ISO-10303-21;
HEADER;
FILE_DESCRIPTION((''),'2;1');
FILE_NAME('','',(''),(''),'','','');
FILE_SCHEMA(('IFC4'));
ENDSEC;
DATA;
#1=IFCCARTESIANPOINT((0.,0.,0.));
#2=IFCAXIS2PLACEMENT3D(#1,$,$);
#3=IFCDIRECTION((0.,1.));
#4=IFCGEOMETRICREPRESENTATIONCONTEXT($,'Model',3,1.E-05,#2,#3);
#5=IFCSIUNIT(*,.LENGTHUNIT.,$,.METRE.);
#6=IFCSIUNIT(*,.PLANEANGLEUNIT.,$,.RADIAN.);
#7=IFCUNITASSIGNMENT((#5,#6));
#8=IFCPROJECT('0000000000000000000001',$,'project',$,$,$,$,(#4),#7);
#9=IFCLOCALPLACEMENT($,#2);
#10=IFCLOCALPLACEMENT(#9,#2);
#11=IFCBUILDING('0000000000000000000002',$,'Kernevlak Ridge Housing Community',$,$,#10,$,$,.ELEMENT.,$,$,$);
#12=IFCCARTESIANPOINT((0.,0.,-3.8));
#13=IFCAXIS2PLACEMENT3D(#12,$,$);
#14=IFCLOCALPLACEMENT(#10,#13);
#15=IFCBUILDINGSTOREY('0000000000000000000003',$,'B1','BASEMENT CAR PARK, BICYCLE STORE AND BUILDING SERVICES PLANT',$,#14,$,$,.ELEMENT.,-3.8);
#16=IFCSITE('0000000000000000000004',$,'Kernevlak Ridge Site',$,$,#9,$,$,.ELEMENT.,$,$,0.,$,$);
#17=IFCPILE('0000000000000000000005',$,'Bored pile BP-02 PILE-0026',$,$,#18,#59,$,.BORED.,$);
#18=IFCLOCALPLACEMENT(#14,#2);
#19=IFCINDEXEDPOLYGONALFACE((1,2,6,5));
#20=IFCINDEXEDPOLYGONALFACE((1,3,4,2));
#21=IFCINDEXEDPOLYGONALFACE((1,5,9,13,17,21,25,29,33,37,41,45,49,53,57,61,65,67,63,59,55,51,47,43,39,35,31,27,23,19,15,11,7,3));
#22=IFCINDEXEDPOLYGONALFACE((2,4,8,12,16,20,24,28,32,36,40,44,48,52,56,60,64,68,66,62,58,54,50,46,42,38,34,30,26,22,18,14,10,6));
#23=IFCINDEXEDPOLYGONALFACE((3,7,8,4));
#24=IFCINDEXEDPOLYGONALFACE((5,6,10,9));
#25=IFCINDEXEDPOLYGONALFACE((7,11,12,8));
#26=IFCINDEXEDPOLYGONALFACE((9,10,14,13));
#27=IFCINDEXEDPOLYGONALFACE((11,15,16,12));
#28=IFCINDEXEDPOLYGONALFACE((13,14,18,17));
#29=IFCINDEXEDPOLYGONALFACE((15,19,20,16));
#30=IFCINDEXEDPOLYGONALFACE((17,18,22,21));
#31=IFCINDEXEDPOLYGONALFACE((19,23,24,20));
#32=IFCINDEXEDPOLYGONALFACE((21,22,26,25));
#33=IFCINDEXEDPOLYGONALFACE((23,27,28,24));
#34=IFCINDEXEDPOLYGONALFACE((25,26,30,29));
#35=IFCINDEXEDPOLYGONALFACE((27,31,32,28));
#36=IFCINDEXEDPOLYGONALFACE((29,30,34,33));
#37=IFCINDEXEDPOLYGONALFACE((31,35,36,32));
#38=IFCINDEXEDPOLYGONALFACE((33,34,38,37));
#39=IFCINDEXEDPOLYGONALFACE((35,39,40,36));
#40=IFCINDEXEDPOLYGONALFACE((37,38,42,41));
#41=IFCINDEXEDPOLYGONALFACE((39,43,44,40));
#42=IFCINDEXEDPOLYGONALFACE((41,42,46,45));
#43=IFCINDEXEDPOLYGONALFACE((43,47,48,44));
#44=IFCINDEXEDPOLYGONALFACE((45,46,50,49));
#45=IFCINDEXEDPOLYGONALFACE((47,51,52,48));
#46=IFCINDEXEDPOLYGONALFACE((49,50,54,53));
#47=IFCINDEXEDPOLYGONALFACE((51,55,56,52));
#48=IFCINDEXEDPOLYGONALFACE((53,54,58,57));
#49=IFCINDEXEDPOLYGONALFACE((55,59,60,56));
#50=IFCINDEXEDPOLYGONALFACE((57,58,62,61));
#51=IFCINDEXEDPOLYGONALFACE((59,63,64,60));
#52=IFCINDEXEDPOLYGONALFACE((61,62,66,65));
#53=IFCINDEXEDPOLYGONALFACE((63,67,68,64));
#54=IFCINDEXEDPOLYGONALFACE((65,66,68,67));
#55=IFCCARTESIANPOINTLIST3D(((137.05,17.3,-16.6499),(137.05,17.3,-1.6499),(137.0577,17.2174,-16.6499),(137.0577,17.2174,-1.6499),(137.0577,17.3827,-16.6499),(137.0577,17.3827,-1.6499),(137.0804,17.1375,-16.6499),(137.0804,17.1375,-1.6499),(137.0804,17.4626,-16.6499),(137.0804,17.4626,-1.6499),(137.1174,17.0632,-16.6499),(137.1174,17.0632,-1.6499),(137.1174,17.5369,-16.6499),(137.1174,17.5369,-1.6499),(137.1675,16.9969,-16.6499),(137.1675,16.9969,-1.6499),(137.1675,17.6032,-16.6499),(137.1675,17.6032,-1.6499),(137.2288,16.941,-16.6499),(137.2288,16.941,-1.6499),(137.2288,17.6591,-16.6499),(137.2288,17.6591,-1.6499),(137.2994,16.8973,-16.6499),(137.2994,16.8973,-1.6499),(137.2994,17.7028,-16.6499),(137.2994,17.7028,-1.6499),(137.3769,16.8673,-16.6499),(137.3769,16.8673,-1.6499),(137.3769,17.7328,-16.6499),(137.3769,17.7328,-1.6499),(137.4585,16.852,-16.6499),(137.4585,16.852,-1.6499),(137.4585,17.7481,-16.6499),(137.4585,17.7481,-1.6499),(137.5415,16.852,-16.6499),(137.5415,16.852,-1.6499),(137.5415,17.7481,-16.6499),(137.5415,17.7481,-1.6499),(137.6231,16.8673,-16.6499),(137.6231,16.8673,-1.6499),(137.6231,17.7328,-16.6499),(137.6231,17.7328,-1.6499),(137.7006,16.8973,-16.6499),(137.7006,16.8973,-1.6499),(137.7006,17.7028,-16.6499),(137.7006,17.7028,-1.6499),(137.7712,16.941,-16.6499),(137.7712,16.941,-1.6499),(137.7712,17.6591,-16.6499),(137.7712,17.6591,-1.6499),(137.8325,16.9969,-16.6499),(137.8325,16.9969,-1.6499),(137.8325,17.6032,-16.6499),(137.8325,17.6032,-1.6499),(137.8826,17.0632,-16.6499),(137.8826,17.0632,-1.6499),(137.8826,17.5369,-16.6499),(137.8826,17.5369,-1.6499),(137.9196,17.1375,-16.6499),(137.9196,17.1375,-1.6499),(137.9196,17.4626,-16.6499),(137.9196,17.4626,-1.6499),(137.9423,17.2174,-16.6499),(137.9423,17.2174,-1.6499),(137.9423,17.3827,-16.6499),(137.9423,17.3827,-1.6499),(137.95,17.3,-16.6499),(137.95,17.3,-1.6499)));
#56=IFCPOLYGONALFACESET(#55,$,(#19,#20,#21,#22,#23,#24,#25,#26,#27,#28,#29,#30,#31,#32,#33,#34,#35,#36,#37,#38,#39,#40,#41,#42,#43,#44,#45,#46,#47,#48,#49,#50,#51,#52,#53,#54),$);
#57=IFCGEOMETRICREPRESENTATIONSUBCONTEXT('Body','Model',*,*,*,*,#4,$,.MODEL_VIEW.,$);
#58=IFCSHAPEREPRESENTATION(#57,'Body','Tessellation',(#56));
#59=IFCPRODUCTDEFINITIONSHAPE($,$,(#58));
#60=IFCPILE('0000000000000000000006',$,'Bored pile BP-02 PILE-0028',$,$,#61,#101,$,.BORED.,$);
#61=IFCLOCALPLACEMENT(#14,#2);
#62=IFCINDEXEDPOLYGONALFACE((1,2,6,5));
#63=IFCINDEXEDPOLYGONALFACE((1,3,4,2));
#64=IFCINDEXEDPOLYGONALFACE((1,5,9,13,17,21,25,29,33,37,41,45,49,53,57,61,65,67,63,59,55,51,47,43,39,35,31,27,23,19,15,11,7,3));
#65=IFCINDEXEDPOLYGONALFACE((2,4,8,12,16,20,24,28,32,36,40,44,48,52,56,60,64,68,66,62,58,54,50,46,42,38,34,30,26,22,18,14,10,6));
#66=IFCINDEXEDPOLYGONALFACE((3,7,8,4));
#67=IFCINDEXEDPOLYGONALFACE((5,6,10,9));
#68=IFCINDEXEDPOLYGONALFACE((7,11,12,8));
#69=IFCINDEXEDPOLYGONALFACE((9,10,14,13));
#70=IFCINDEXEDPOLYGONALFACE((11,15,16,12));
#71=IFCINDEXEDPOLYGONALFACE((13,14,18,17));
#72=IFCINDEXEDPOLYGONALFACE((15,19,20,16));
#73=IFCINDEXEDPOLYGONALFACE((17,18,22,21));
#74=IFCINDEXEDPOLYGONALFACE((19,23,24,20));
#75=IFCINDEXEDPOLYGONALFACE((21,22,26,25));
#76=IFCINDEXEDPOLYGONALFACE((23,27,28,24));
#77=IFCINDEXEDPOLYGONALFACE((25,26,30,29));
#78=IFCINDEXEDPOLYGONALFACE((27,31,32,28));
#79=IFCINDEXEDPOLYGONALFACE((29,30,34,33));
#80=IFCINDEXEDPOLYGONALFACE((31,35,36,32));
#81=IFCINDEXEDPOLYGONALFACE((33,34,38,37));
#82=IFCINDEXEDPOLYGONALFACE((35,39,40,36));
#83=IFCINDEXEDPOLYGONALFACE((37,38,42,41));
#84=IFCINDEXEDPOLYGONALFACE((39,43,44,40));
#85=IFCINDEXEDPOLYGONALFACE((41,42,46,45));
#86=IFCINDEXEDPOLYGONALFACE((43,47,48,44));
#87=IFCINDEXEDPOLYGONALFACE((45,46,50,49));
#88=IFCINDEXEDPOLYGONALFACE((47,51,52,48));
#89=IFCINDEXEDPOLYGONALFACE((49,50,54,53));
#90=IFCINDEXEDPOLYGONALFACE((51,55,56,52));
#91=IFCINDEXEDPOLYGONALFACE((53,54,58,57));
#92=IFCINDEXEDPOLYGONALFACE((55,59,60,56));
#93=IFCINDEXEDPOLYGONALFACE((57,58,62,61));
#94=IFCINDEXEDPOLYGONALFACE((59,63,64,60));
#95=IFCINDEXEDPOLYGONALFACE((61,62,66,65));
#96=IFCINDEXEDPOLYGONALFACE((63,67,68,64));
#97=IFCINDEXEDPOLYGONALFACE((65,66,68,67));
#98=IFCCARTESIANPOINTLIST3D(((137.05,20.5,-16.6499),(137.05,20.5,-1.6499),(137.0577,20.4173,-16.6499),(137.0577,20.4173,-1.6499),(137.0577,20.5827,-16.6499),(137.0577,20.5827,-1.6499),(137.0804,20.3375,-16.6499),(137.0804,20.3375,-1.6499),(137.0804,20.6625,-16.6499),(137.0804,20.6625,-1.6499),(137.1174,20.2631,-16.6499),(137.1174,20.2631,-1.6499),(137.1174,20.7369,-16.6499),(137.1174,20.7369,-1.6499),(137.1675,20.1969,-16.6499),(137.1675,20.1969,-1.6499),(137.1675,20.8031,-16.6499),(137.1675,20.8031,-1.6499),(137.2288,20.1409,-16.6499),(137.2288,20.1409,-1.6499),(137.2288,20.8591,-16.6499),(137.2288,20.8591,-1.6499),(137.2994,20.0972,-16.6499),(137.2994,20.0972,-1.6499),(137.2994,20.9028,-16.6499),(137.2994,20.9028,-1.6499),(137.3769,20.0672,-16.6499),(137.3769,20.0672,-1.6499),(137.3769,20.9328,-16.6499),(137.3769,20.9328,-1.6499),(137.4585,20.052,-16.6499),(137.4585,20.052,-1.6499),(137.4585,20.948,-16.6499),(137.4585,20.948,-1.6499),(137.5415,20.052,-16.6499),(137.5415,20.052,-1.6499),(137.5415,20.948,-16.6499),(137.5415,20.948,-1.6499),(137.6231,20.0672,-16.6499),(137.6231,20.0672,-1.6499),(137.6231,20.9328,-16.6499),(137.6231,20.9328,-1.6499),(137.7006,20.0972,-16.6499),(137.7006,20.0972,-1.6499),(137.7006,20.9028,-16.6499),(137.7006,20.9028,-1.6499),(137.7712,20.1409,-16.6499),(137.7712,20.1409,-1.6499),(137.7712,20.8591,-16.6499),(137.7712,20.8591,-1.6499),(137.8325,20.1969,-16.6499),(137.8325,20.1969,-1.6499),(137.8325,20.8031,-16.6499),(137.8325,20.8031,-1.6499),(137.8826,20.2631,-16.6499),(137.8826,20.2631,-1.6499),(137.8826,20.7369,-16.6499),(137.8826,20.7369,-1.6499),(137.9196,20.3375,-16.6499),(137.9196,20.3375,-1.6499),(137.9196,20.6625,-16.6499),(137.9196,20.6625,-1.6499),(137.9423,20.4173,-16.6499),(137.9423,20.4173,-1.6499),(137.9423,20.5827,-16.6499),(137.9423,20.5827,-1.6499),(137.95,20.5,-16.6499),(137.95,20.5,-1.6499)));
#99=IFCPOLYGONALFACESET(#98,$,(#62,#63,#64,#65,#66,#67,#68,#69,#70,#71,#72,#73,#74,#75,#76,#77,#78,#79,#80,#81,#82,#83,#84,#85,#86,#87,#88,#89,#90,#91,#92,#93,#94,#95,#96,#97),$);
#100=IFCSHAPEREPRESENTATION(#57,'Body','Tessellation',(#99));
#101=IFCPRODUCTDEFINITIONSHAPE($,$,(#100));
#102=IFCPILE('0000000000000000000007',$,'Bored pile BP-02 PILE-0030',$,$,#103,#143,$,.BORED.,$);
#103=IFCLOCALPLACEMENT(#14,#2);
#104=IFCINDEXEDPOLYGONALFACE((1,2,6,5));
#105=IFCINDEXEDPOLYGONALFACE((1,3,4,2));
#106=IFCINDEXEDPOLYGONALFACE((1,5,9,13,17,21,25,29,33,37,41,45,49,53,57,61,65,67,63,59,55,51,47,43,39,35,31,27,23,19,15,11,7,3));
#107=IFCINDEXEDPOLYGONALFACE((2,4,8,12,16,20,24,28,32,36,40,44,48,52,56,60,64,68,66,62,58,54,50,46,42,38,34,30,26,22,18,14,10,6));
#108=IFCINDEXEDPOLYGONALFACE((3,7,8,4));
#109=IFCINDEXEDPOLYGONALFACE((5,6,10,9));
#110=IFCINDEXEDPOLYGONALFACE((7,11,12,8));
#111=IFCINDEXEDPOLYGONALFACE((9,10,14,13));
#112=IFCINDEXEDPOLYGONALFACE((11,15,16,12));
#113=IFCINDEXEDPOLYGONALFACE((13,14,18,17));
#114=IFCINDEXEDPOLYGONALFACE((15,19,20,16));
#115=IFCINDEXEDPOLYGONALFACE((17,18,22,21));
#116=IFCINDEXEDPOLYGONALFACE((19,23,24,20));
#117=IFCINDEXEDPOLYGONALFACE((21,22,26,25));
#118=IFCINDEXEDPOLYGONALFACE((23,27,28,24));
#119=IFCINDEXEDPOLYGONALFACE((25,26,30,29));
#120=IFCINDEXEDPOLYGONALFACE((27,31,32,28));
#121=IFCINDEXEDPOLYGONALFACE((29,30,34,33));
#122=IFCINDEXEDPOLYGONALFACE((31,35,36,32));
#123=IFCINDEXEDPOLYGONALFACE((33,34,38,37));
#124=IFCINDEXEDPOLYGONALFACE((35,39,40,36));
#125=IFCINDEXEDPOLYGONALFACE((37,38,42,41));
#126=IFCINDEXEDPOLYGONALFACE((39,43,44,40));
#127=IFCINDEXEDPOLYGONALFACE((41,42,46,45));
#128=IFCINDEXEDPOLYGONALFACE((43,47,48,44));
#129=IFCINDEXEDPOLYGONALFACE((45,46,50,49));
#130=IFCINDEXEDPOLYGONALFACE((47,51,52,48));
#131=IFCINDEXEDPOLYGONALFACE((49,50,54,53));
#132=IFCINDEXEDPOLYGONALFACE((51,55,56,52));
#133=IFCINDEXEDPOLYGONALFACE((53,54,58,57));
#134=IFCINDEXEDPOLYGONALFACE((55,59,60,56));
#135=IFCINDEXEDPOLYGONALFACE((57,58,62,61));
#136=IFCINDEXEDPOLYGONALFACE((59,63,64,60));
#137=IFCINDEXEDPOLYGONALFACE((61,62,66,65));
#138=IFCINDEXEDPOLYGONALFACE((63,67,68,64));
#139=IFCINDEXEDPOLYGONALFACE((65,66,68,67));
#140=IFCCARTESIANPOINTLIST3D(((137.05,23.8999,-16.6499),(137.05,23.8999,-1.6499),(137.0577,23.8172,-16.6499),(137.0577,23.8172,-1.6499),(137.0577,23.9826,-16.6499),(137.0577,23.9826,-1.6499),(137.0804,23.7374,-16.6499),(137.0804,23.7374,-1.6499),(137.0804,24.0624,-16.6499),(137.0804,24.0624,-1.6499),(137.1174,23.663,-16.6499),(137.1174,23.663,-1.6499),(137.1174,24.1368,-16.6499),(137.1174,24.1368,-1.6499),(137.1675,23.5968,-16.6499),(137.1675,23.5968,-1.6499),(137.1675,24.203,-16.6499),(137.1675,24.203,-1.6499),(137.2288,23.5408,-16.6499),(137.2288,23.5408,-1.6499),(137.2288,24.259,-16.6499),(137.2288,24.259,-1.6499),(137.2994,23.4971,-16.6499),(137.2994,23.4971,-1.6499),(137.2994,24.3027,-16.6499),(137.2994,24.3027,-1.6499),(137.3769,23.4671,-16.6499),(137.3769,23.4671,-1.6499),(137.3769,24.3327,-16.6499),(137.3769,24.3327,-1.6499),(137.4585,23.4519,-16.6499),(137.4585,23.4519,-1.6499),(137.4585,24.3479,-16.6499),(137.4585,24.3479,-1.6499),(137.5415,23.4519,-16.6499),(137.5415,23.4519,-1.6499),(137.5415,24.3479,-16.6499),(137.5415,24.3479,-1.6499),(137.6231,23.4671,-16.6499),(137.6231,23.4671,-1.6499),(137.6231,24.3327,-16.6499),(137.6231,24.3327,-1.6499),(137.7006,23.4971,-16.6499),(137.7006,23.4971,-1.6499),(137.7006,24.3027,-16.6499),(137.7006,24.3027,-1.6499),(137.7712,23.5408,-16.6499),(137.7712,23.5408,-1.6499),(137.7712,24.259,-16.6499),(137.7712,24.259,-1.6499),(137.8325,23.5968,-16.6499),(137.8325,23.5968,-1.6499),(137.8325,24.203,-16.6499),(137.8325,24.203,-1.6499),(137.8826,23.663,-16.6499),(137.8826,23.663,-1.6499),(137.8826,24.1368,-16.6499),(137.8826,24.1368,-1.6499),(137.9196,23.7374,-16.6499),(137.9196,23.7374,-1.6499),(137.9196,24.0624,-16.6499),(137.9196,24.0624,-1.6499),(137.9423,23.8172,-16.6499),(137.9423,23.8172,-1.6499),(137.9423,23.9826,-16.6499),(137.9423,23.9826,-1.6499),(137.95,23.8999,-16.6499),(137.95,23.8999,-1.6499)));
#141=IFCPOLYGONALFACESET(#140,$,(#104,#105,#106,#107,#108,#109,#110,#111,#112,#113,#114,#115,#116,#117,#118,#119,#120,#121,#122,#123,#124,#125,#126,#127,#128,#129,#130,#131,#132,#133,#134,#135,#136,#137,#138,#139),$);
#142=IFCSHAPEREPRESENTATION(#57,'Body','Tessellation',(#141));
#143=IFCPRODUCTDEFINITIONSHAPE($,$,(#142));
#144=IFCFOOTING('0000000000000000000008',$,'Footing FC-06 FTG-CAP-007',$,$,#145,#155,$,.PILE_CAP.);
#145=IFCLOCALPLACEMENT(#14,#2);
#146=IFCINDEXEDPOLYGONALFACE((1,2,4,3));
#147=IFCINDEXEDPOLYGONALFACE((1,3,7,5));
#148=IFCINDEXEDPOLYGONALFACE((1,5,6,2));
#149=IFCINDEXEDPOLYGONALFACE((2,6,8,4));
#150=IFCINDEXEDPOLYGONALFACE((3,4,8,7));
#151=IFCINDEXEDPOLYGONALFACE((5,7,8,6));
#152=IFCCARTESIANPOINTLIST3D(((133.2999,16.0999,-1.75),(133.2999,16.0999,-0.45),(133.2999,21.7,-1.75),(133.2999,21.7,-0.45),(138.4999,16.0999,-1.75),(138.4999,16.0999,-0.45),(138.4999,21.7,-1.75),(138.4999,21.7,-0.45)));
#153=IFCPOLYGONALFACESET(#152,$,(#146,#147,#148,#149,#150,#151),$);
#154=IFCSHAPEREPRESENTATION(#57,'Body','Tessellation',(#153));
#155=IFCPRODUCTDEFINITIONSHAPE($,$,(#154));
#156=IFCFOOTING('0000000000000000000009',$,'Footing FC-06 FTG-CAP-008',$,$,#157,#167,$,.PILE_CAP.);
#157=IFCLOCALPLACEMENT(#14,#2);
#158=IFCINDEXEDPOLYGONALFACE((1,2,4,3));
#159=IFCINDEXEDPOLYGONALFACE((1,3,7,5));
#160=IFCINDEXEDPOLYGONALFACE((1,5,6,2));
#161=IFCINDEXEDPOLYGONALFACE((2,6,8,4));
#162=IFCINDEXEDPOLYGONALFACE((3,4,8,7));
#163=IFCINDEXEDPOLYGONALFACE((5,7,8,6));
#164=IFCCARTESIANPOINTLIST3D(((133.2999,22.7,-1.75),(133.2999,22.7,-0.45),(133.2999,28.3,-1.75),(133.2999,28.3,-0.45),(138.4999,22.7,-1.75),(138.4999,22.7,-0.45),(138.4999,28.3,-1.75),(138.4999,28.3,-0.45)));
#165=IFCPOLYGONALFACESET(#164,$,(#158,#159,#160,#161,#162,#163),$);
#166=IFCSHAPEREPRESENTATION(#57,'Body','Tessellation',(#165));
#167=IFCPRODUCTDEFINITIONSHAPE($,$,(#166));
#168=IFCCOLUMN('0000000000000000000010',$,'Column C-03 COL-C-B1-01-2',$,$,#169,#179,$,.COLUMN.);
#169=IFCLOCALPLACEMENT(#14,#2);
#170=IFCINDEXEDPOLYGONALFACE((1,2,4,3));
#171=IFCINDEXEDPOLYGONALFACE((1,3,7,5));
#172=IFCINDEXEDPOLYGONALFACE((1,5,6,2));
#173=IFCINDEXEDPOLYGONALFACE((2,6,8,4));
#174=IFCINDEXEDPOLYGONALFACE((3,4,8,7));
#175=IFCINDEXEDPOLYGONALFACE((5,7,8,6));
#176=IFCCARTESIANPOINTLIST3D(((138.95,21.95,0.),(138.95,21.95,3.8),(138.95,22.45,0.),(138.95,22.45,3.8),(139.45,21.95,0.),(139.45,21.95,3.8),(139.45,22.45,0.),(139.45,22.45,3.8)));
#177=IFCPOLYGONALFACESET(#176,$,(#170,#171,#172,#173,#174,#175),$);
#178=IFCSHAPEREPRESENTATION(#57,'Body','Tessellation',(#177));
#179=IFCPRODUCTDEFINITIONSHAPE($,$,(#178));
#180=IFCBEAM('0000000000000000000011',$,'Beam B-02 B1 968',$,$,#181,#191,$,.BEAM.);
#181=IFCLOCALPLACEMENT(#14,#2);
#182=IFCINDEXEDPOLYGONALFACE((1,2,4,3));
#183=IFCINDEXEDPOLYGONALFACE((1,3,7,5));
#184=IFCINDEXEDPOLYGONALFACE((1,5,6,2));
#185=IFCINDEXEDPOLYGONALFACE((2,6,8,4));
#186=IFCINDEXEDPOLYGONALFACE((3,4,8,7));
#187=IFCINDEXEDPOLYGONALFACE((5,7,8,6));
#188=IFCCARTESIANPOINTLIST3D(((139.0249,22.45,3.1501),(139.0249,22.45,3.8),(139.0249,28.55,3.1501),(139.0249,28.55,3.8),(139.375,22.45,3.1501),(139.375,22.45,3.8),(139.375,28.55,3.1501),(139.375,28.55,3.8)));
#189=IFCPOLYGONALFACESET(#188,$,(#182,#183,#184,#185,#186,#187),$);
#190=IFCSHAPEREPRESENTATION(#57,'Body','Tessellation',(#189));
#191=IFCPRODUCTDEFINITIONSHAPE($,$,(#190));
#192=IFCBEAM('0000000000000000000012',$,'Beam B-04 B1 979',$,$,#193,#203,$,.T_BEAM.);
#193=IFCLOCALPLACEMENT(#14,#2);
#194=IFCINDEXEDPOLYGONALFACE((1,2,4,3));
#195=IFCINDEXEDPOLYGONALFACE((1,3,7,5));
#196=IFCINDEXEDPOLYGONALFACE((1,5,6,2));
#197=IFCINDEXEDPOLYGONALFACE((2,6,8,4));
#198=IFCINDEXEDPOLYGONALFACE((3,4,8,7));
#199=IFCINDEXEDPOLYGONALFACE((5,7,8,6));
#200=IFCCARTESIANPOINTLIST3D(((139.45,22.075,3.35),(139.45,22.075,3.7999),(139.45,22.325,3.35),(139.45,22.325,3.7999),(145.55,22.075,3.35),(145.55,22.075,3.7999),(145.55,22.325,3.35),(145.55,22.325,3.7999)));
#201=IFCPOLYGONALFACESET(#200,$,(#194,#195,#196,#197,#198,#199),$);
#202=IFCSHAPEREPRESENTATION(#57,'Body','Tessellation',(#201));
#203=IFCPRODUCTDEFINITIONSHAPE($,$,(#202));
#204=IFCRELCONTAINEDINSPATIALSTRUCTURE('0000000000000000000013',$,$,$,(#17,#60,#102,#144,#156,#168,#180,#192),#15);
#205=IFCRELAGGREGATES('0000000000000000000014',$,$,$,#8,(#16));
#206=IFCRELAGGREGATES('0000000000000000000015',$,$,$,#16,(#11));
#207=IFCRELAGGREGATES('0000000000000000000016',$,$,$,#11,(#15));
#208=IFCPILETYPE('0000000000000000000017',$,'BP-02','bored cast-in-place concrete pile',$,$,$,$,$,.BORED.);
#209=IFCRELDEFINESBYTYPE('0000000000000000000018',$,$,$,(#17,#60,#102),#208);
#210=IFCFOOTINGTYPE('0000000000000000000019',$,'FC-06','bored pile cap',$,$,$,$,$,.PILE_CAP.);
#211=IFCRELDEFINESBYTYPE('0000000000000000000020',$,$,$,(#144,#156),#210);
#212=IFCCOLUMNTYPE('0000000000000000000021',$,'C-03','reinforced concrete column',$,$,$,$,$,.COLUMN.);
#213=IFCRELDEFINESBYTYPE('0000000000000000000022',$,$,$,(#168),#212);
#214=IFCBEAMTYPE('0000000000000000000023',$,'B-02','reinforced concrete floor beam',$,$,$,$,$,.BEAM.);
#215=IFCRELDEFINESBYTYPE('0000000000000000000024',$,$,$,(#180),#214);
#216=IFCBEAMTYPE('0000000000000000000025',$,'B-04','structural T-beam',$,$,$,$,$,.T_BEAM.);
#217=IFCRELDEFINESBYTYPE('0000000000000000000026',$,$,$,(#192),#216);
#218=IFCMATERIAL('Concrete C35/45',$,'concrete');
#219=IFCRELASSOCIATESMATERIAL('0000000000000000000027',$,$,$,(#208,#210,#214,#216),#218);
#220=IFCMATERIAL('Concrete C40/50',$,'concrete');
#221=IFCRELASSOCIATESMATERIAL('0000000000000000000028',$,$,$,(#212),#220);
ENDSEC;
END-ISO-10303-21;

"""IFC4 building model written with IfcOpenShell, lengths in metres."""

from ifc_helpers import new_model, si_unit, direction, frame, origin, origin_2d, place, context, subcontext, project, spatial, rectangle, circle, extrude, material, material_profile, profile_set, type_object, element, save


model = new_model("IFC4")

# Units and contexts
model_context = context("Model", 3, precision=1e-05, world=origin(), true_north=direction((0.0, 1.0)))
body_context = subcontext(model_context, "Body", "Model", "MODEL_VIEW")
ifc_project = project(units=[si_unit("LENGTHUNIT", "METRE"), si_unit("PLANEANGLEUNIT", "RADIAN")], contexts=[model_context])

# Site, building, storey
site_placement = place(None, origin())
site = spatial("IfcSite", under=ifc_project, at=site_placement, Name="Kernevlak Ridge Site", CompositionType="ELEMENT", RefElevation=0.0)
building_placement = place(site_placement, origin())
building = spatial("IfcBuilding", under=site, at=building_placement, Name="Kernevlak Ridge Housing Community", CompositionType="ELEMENT")
storey_placement = place(building_placement, frame((0.0, 0.0, -3.8)))
storey = spatial("IfcBuildingStorey", under=building, at=storey_placement, Name="B1", Description="BASEMENT CAR PARK, BICYCLE STORE AND BUILDING SERVICES PLANT", CompositionType="ELEMENT", Elevation=-3.8)

# Piles
ifc_material_1 = material(Name="Concrete C35/45", Category="concrete")
ifc_material_profile_1 = material_profile(ifc_material_1, circle(Radius=0.45, at=origin_2d()), Name="BORED PILE 900")
ifc_profile_set_1 = profile_set([ifc_material_profile_1], Name="Concrete C35/45")
pile_type = type_object("IfcPileType", Name="BP-02", Description="bored cast-in-place concrete pile", PredefinedType="BORED", material=ifc_profile_set_1)
for number, where, z_axis, x_axis, name in (
    (1, (137.5, 17.3, -1.6499), (0.0, 0.0, -1.0), (1.0, 0.0, 0.0), "Bored pile BP-02 PILE-0026"),
    (2, (137.5, 20.5, -1.6499), (0.0, 0.0, -1.0), (1.0, 0.0, 0.0), "Bored pile BP-02 PILE-0028"),
    (3, (137.5, 23.8999, -1.6499), (0.0, 0.0, -1.0), (1.0, 0.0, 0.0), "Bored pile BP-02 PILE-0030"),
):
    element("IfcPile", number, at=place(storey_placement, frame(where, z_axis=z_axis, x_axis=x_axis)), inside=storey, type_object=pile_type, Name=name, PredefinedType="BORED", context=body_context, shape_type="SweptSolid", body=[
        extrude(circle(Radius=0.45, at=origin_2d()), origin(), (0.0, 0.0, 1.0), 15.0),
    ])

# Footings
footing_type = type_object("IfcFootingType", Name="FC-06", Description="bored pile cap", PredefinedType="PILE_CAP", material=ifc_material_1)
for number, where, z_axis, x_axis, name in (
    (4, (135.8999, 18.8999, -1.75), (0.0, 0.0, 1.0), (1.0, 0.0, 0.0), "Footing FC-06 FTG-CAP-007"),
    (5, (135.8999, 25.5, -1.75), (0.0, 0.0, 1.0), (1.0, 0.0, 0.0), "Footing FC-06 FTG-CAP-008"),
):
    element("IfcFooting", number, at=place(storey_placement, frame(where, z_axis=z_axis, x_axis=x_axis)), inside=storey, type_object=footing_type, Name=name, PredefinedType="PILE_CAP", context=body_context, shape_type="SweptSolid", body=[
        extrude(rectangle(XDim=5.2, YDim=5.6001, at=origin_2d()), origin(), (0.0, 0.0, 1.0), 1.3),
    ])

# Column
ifc_material_2 = material(Name="Concrete C40/50", Category="concrete")
ifc_material_profile_2 = material_profile(ifc_material_2, rectangle(XDim=0.5, YDim=0.5, at=origin_2d()), Name="RC 500x500")
ifc_profile_set_2 = profile_set([ifc_material_profile_2], Name="Concrete C40/50")
column_type = type_object("IfcColumnType", Name="C-03", Description="reinforced concrete column", PredefinedType="COLUMN", material=ifc_profile_set_2)
column_placement = place(storey_placement, frame((139.2, 22.2, 0.0), z_axis=(0.0, 0.0, 1.0), x_axis=(1.0, 0.0, 0.0)))
element("IfcColumn", 6, at=column_placement, inside=storey, type_object=column_type, Name="Column C-03 COL-C-B1-01-2", PredefinedType="COLUMN", context=body_context, shape_type="SweptSolid", body=[
    extrude(rectangle(XDim=0.5, YDim=0.5, at=origin_2d()), origin(), (0.0, 0.0, 1.0), 3.8),
])

# Beams
ifc_material_profile_3 = material_profile(ifc_material_1, rectangle(XDim=0.3501, YDim=0.6499, at=origin_2d()), Name="RC 350x650")
ifc_profile_set_3 = profile_set([ifc_material_profile_3], Name="Concrete C35/45")
beam_type_1 = type_object("IfcBeamType", Name="B-02", Description="reinforced concrete floor beam", PredefinedType="BEAM", material=ifc_profile_set_3)
beam_1_placement = place(storey_placement, frame((139.2, 22.45, 3.4751), z_axis=(0.0, 1.0, 0.0), x_axis=(-1.0, 0.0, 0.0)))
element("IfcBeam", 7, at=beam_1_placement, inside=storey, type_object=beam_type_1, Name="Beam B-02 B1 968", PredefinedType="BEAM", context=body_context, shape_type="SweptSolid", body=[
    extrude(rectangle(XDim=0.3501, YDim=0.6499, at=origin_2d()), origin(), (0.0, 0.0, 1.0), 6.1001),
])
ifc_material_profile_4 = material_profile(ifc_material_1, rectangle(XDim=0.25, YDim=0.45, at=origin_2d()), Name="RC 250x450")
ifc_profile_set_4 = profile_set([ifc_material_profile_4], Name="Concrete C35/45")
beam_type_2 = type_object("IfcBeamType", Name="B-04", Description="structural T-beam", PredefinedType="T_BEAM", material=ifc_profile_set_4)
beam_2_placement = place(storey_placement, frame((139.45, 22.2, 3.575), z_axis=(1.0, 0.0, 0.0), x_axis=(0.0, 1.0, 0.0)))
element("IfcBeam", 8, at=beam_2_placement, inside=storey, type_object=beam_type_2, Name="Beam B-04 B1 979", PredefinedType="T_BEAM", context=body_context, shape_type="SweptSolid", body=[
    extrude(rectangle(XDim=0.25, YDim=0.45, at=origin_2d()), origin(), (0.0, 0.0, 1.0), 6.1001),
])

save(model, "model.ifc")
